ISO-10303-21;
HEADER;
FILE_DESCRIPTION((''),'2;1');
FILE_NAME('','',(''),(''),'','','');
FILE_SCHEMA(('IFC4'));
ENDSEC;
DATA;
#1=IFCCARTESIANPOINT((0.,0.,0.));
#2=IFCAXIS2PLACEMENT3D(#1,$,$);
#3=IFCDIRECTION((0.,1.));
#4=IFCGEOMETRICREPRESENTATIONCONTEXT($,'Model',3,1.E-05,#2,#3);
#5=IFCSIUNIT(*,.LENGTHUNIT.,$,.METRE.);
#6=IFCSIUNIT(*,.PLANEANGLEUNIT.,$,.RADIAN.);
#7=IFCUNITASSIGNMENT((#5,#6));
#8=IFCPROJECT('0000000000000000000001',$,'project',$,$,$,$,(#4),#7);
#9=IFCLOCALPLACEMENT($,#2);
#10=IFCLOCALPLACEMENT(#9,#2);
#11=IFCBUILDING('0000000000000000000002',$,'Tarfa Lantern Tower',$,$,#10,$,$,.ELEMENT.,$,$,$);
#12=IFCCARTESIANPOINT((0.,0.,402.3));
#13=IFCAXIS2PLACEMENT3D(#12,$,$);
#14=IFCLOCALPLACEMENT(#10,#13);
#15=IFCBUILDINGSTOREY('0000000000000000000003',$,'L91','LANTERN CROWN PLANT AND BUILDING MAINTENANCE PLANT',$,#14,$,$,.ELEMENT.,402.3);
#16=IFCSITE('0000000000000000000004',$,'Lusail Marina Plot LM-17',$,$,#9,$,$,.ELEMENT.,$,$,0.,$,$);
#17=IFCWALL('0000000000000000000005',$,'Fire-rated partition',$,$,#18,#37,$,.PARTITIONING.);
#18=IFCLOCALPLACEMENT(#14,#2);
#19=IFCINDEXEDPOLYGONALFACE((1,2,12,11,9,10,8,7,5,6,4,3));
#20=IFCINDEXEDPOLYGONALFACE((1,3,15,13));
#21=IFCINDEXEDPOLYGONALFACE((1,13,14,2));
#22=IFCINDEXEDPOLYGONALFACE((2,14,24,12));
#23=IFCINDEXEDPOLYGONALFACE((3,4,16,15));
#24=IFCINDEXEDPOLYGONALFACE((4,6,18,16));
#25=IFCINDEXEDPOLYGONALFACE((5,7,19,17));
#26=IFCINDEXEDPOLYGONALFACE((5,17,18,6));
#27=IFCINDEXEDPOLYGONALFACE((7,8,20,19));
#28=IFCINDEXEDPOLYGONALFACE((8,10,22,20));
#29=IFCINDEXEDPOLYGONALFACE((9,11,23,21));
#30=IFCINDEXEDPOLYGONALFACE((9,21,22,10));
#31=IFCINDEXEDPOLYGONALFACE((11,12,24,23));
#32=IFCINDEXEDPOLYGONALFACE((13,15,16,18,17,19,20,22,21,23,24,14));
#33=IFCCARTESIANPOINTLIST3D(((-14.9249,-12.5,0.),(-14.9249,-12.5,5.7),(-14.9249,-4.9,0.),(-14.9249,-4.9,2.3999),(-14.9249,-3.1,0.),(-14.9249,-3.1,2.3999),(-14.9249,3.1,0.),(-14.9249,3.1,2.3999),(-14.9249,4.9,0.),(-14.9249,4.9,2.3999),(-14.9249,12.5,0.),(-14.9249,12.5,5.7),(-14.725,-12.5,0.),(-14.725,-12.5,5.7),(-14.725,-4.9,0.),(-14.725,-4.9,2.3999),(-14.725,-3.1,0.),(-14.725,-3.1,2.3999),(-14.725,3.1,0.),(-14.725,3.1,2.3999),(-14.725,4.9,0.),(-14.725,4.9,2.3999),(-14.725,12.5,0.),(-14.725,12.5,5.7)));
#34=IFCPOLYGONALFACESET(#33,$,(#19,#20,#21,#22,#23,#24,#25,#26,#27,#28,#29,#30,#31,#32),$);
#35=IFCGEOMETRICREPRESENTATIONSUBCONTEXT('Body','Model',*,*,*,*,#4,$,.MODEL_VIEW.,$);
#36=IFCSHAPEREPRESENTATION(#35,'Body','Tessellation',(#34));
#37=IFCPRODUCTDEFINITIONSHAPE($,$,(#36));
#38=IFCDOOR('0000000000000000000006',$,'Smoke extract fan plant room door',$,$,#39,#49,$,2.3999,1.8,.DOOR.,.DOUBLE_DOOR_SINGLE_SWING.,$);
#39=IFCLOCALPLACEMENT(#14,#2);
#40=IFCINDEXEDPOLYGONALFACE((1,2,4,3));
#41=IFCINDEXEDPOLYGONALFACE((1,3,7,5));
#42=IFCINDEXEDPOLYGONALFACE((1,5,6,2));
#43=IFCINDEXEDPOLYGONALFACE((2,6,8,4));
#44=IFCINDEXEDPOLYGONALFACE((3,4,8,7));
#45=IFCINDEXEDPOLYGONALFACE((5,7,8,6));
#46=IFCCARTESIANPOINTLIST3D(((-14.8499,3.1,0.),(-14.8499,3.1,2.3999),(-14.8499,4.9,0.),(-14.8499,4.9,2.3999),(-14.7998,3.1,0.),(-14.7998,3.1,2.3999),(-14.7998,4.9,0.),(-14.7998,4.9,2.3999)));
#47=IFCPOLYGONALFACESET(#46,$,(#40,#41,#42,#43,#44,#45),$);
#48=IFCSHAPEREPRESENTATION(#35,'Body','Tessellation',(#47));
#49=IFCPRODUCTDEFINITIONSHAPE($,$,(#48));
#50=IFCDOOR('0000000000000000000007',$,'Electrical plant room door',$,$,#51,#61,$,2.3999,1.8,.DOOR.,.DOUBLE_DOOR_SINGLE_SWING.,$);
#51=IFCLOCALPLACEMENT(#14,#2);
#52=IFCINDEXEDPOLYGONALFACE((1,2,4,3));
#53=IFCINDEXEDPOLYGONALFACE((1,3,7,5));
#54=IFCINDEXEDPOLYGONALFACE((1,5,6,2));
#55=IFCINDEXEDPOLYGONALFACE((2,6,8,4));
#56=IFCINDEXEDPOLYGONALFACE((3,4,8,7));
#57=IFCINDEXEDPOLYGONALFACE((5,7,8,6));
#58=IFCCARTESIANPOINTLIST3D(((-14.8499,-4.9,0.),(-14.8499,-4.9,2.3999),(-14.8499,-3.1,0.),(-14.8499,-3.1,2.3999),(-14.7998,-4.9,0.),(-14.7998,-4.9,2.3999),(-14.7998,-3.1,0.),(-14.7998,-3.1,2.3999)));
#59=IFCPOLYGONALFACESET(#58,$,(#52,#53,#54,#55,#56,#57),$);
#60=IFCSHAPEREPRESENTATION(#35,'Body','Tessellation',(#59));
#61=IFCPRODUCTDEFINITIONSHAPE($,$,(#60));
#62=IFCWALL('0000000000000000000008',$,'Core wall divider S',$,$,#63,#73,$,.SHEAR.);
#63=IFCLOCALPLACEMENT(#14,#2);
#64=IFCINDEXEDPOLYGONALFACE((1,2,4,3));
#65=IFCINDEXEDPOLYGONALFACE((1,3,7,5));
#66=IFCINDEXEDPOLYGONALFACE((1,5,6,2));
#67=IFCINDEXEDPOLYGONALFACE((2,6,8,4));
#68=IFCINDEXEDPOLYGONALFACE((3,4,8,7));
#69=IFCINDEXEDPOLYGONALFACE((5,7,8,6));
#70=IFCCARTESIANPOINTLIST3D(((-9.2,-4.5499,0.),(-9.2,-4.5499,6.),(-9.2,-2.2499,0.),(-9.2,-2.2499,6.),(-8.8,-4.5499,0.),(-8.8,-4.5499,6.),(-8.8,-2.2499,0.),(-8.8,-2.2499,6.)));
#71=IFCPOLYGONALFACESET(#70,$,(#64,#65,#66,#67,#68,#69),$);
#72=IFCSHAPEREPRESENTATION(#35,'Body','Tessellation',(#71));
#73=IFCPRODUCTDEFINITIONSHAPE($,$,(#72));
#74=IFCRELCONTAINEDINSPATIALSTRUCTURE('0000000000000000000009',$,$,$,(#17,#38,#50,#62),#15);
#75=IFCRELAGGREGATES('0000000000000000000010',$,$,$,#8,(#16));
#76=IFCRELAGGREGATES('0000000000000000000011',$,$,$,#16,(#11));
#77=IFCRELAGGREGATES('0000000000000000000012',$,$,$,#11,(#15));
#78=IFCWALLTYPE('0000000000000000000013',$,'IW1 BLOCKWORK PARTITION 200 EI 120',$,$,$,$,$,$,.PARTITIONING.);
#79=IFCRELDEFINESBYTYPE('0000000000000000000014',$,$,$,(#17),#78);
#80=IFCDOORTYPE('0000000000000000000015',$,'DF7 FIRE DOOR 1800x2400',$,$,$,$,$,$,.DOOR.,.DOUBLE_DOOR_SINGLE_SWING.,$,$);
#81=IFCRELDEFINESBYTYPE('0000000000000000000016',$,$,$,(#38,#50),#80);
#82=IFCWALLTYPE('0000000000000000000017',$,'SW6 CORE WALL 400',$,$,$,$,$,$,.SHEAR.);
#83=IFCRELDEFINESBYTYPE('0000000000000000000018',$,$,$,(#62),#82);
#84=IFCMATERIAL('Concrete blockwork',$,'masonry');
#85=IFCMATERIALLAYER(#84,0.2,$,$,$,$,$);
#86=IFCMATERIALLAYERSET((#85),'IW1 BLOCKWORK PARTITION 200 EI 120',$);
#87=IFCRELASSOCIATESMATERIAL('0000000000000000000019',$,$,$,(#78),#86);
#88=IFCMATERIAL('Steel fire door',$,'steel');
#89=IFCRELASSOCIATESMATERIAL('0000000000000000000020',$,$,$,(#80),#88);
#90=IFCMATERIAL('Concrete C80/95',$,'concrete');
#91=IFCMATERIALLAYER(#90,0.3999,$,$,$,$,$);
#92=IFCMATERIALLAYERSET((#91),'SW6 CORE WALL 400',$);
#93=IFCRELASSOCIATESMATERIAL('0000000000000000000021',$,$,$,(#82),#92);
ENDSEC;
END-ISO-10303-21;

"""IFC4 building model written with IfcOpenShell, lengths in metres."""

from ifc_helpers import new_model, si_unit, direction, frame, frame_2d, origin, place, context, subcontext, project, spatial, rectangle, extrude, material, layer, layer_set, type_object, element, fill, save


model = new_model("IFC4")

# Units and contexts
model_context = context("Model", 3, precision=1e-05, world=origin(), true_north=direction((0.0, 1.0)))
body_context = subcontext(model_context, "Body", "Model", "MODEL_VIEW")
ifc_project = project(units=[si_unit("LENGTHUNIT", "METRE"), si_unit("PLANEANGLEUNIT", "RADIAN")], contexts=[model_context])

# Site, building, storey
site_placement = place(None, origin())
site = spatial("IfcSite", under=ifc_project, at=site_placement, Name="Lusail Marina Plot LM-17", CompositionType="ELEMENT", RefElevation=0.0)
building_placement = place(site_placement, origin())
building = spatial("IfcBuilding", under=site, at=building_placement, Name="Tarfa Lantern Tower", CompositionType="ELEMENT")
storey_placement = place(building_placement, frame((0.0, 0.0, 402.3)))
storey = spatial("IfcBuildingStorey", under=building, at=storey_placement, Name="L91", Description="LANTERN CROWN PLANT AND BUILDING MAINTENANCE PLANT", CompositionType="ELEMENT", Elevation=402.3)

# Shared definitions
ifc_material_1 = material(Name="Concrete C80/95", Category="concrete")

# Shared definitions
ifc_material_2 = material(Name="Concrete blockwork", Category="masonry")
ifc_layer_1 = layer(ifc_material_2, 0.2)
ifc_layer_set_1 = layer_set([ifc_layer_1], Name="IW1 BLOCKWORK PARTITION 200 EI 120")
wall_type_1 = type_object("IfcWallType", Name="IW1 BLOCKWORK PARTITION 200 EI 120", PredefinedType="PARTITIONING", material=ifc_layer_set_1)

# Wall, openings, doors
wall_1_placement = place(storey_placement, frame((-14.825, -12.5, 0.0), z_axis=(0.0, 0.0, 1.0), x_axis=(0.0, 1.0, 0.0)))
wall_1 = element("IfcWall", 1, at=wall_1_placement, inside=storey, type_object=wall_type_1, Name="Fire-rated partition", PredefinedType="PARTITIONING", context=body_context, shape_type="SweptSolid", body=[
    extrude(rectangle(XDim=25.0, YDim=0.2, at=frame_2d((12.5, 0.0))), origin(), (0.0, 0.0, 1.0), 5.7),
])
opening_1_placement = place(wall_1_placement, frame((15.6001, 0.0, 0.0)))
opening_1 = element("IfcOpeningElement", 2, at=opening_1_placement, cuts=wall_1, PredefinedType="OPENING", context=body_context, shape_type="SweptSolid", body=[
    extrude(rectangle(XDim=1.8, YDim=2.3999, at=frame_2d((0.8999, 1.2))), frame((0.0, 0.1099, 0.0), z_axis=(0.0, -1.0, 0.0), x_axis=(1.0, 0.0, 0.0)), (0.0, 0.0, 1.0), 0.22),
])
opening_2_placement = place(wall_1_placement, frame((7.6001, 0.0, 0.0)))
opening_2 = element("IfcOpeningElement", 3, at=opening_2_placement, cuts=wall_1, PredefinedType="OPENING", context=body_context, shape_type="SweptSolid", body=[
    extrude(rectangle(XDim=1.8, YDim=2.3999, at=frame_2d((0.8999, 1.2))), frame((0.0, 0.1099, 0.0), z_axis=(0.0, -1.0, 0.0), x_axis=(1.0, 0.0, 0.0)), (0.0, 0.0, 1.0), 0.22),
])
ifc_material_3 = material(Name="Steel fire door", Category="steel")
door_type = type_object("IfcDoorType", Name="DF7 FIRE DOOR 1800x2400", OperationType="DOUBLE_DOOR_SINGLE_SWING", PredefinedType="DOOR", material=ifc_material_3)
door_1_placement = place(opening_1_placement, origin())
door_1 = element("IfcDoor", 4, at=door_1_placement, inside=storey, type_object=door_type, Name="Smoke extract fan plant room door", OperationType="DOUBLE_DOOR_SINGLE_SWING", OverallHeight=2.3999, OverallWidth=1.8, PredefinedType="DOOR", context=body_context, shape_type="SweptSolid", body=[
    extrude(rectangle(XDim=1.8, YDim=2.3999, at=frame_2d((0.8999, 1.2))), frame((0.0, 0.0249, 0.0), z_axis=(0.0, -1.0, 0.0), x_axis=(1.0, 0.0, 0.0)), (0.0, 0.0, 1.0), 0.05),
])
fill(opening_1, door_1)
door_2_placement = place(opening_2_placement, origin())
door_2 = element("IfcDoor", 5, at=door_2_placement, inside=storey, type_object=door_type, Name="Electrical plant room door", OperationType="DOUBLE_DOOR_SINGLE_SWING", OverallHeight=2.3999, OverallWidth=1.8, PredefinedType="DOOR", context=body_context, shape_type="SweptSolid", body=[
    extrude(rectangle(XDim=1.8, YDim=2.3999, at=frame_2d((0.8999, 1.2))), frame((0.0, 0.0249, 0.0), z_axis=(0.0, -1.0, 0.0), x_axis=(1.0, 0.0, 0.0)), (0.0, 0.0, 1.0), 0.05),
])
fill(opening_2, door_2)

# Wall
ifc_layer_2 = layer(ifc_material_1, 0.3999)
ifc_layer_set_2 = layer_set([ifc_layer_2], Name="SW6 CORE WALL 400")
wall_type_2 = type_object("IfcWallType", Name="SW6 CORE WALL 400", PredefinedType="SHEAR", material=ifc_layer_set_2)
wall_2_placement = place(storey_placement, frame((-9.0, -2.25, 0.0), z_axis=(0.0, 0.0, 1.0), x_axis=(0.0, -1.0, 0.0)))
element("IfcWall", 6, at=wall_2_placement, inside=storey, type_object=wall_type_2, Name="Core wall divider S", PredefinedType="SHEAR", context=body_context, shape_type="SweptSolid", body=[
    extrude(rectangle(XDim=2.3, YDim=0.3999, at=frame_2d((1.1499, 0.0))), origin(), (0.0, 0.0, 1.0), 6.0),
])

save(model, "model.ifc")
